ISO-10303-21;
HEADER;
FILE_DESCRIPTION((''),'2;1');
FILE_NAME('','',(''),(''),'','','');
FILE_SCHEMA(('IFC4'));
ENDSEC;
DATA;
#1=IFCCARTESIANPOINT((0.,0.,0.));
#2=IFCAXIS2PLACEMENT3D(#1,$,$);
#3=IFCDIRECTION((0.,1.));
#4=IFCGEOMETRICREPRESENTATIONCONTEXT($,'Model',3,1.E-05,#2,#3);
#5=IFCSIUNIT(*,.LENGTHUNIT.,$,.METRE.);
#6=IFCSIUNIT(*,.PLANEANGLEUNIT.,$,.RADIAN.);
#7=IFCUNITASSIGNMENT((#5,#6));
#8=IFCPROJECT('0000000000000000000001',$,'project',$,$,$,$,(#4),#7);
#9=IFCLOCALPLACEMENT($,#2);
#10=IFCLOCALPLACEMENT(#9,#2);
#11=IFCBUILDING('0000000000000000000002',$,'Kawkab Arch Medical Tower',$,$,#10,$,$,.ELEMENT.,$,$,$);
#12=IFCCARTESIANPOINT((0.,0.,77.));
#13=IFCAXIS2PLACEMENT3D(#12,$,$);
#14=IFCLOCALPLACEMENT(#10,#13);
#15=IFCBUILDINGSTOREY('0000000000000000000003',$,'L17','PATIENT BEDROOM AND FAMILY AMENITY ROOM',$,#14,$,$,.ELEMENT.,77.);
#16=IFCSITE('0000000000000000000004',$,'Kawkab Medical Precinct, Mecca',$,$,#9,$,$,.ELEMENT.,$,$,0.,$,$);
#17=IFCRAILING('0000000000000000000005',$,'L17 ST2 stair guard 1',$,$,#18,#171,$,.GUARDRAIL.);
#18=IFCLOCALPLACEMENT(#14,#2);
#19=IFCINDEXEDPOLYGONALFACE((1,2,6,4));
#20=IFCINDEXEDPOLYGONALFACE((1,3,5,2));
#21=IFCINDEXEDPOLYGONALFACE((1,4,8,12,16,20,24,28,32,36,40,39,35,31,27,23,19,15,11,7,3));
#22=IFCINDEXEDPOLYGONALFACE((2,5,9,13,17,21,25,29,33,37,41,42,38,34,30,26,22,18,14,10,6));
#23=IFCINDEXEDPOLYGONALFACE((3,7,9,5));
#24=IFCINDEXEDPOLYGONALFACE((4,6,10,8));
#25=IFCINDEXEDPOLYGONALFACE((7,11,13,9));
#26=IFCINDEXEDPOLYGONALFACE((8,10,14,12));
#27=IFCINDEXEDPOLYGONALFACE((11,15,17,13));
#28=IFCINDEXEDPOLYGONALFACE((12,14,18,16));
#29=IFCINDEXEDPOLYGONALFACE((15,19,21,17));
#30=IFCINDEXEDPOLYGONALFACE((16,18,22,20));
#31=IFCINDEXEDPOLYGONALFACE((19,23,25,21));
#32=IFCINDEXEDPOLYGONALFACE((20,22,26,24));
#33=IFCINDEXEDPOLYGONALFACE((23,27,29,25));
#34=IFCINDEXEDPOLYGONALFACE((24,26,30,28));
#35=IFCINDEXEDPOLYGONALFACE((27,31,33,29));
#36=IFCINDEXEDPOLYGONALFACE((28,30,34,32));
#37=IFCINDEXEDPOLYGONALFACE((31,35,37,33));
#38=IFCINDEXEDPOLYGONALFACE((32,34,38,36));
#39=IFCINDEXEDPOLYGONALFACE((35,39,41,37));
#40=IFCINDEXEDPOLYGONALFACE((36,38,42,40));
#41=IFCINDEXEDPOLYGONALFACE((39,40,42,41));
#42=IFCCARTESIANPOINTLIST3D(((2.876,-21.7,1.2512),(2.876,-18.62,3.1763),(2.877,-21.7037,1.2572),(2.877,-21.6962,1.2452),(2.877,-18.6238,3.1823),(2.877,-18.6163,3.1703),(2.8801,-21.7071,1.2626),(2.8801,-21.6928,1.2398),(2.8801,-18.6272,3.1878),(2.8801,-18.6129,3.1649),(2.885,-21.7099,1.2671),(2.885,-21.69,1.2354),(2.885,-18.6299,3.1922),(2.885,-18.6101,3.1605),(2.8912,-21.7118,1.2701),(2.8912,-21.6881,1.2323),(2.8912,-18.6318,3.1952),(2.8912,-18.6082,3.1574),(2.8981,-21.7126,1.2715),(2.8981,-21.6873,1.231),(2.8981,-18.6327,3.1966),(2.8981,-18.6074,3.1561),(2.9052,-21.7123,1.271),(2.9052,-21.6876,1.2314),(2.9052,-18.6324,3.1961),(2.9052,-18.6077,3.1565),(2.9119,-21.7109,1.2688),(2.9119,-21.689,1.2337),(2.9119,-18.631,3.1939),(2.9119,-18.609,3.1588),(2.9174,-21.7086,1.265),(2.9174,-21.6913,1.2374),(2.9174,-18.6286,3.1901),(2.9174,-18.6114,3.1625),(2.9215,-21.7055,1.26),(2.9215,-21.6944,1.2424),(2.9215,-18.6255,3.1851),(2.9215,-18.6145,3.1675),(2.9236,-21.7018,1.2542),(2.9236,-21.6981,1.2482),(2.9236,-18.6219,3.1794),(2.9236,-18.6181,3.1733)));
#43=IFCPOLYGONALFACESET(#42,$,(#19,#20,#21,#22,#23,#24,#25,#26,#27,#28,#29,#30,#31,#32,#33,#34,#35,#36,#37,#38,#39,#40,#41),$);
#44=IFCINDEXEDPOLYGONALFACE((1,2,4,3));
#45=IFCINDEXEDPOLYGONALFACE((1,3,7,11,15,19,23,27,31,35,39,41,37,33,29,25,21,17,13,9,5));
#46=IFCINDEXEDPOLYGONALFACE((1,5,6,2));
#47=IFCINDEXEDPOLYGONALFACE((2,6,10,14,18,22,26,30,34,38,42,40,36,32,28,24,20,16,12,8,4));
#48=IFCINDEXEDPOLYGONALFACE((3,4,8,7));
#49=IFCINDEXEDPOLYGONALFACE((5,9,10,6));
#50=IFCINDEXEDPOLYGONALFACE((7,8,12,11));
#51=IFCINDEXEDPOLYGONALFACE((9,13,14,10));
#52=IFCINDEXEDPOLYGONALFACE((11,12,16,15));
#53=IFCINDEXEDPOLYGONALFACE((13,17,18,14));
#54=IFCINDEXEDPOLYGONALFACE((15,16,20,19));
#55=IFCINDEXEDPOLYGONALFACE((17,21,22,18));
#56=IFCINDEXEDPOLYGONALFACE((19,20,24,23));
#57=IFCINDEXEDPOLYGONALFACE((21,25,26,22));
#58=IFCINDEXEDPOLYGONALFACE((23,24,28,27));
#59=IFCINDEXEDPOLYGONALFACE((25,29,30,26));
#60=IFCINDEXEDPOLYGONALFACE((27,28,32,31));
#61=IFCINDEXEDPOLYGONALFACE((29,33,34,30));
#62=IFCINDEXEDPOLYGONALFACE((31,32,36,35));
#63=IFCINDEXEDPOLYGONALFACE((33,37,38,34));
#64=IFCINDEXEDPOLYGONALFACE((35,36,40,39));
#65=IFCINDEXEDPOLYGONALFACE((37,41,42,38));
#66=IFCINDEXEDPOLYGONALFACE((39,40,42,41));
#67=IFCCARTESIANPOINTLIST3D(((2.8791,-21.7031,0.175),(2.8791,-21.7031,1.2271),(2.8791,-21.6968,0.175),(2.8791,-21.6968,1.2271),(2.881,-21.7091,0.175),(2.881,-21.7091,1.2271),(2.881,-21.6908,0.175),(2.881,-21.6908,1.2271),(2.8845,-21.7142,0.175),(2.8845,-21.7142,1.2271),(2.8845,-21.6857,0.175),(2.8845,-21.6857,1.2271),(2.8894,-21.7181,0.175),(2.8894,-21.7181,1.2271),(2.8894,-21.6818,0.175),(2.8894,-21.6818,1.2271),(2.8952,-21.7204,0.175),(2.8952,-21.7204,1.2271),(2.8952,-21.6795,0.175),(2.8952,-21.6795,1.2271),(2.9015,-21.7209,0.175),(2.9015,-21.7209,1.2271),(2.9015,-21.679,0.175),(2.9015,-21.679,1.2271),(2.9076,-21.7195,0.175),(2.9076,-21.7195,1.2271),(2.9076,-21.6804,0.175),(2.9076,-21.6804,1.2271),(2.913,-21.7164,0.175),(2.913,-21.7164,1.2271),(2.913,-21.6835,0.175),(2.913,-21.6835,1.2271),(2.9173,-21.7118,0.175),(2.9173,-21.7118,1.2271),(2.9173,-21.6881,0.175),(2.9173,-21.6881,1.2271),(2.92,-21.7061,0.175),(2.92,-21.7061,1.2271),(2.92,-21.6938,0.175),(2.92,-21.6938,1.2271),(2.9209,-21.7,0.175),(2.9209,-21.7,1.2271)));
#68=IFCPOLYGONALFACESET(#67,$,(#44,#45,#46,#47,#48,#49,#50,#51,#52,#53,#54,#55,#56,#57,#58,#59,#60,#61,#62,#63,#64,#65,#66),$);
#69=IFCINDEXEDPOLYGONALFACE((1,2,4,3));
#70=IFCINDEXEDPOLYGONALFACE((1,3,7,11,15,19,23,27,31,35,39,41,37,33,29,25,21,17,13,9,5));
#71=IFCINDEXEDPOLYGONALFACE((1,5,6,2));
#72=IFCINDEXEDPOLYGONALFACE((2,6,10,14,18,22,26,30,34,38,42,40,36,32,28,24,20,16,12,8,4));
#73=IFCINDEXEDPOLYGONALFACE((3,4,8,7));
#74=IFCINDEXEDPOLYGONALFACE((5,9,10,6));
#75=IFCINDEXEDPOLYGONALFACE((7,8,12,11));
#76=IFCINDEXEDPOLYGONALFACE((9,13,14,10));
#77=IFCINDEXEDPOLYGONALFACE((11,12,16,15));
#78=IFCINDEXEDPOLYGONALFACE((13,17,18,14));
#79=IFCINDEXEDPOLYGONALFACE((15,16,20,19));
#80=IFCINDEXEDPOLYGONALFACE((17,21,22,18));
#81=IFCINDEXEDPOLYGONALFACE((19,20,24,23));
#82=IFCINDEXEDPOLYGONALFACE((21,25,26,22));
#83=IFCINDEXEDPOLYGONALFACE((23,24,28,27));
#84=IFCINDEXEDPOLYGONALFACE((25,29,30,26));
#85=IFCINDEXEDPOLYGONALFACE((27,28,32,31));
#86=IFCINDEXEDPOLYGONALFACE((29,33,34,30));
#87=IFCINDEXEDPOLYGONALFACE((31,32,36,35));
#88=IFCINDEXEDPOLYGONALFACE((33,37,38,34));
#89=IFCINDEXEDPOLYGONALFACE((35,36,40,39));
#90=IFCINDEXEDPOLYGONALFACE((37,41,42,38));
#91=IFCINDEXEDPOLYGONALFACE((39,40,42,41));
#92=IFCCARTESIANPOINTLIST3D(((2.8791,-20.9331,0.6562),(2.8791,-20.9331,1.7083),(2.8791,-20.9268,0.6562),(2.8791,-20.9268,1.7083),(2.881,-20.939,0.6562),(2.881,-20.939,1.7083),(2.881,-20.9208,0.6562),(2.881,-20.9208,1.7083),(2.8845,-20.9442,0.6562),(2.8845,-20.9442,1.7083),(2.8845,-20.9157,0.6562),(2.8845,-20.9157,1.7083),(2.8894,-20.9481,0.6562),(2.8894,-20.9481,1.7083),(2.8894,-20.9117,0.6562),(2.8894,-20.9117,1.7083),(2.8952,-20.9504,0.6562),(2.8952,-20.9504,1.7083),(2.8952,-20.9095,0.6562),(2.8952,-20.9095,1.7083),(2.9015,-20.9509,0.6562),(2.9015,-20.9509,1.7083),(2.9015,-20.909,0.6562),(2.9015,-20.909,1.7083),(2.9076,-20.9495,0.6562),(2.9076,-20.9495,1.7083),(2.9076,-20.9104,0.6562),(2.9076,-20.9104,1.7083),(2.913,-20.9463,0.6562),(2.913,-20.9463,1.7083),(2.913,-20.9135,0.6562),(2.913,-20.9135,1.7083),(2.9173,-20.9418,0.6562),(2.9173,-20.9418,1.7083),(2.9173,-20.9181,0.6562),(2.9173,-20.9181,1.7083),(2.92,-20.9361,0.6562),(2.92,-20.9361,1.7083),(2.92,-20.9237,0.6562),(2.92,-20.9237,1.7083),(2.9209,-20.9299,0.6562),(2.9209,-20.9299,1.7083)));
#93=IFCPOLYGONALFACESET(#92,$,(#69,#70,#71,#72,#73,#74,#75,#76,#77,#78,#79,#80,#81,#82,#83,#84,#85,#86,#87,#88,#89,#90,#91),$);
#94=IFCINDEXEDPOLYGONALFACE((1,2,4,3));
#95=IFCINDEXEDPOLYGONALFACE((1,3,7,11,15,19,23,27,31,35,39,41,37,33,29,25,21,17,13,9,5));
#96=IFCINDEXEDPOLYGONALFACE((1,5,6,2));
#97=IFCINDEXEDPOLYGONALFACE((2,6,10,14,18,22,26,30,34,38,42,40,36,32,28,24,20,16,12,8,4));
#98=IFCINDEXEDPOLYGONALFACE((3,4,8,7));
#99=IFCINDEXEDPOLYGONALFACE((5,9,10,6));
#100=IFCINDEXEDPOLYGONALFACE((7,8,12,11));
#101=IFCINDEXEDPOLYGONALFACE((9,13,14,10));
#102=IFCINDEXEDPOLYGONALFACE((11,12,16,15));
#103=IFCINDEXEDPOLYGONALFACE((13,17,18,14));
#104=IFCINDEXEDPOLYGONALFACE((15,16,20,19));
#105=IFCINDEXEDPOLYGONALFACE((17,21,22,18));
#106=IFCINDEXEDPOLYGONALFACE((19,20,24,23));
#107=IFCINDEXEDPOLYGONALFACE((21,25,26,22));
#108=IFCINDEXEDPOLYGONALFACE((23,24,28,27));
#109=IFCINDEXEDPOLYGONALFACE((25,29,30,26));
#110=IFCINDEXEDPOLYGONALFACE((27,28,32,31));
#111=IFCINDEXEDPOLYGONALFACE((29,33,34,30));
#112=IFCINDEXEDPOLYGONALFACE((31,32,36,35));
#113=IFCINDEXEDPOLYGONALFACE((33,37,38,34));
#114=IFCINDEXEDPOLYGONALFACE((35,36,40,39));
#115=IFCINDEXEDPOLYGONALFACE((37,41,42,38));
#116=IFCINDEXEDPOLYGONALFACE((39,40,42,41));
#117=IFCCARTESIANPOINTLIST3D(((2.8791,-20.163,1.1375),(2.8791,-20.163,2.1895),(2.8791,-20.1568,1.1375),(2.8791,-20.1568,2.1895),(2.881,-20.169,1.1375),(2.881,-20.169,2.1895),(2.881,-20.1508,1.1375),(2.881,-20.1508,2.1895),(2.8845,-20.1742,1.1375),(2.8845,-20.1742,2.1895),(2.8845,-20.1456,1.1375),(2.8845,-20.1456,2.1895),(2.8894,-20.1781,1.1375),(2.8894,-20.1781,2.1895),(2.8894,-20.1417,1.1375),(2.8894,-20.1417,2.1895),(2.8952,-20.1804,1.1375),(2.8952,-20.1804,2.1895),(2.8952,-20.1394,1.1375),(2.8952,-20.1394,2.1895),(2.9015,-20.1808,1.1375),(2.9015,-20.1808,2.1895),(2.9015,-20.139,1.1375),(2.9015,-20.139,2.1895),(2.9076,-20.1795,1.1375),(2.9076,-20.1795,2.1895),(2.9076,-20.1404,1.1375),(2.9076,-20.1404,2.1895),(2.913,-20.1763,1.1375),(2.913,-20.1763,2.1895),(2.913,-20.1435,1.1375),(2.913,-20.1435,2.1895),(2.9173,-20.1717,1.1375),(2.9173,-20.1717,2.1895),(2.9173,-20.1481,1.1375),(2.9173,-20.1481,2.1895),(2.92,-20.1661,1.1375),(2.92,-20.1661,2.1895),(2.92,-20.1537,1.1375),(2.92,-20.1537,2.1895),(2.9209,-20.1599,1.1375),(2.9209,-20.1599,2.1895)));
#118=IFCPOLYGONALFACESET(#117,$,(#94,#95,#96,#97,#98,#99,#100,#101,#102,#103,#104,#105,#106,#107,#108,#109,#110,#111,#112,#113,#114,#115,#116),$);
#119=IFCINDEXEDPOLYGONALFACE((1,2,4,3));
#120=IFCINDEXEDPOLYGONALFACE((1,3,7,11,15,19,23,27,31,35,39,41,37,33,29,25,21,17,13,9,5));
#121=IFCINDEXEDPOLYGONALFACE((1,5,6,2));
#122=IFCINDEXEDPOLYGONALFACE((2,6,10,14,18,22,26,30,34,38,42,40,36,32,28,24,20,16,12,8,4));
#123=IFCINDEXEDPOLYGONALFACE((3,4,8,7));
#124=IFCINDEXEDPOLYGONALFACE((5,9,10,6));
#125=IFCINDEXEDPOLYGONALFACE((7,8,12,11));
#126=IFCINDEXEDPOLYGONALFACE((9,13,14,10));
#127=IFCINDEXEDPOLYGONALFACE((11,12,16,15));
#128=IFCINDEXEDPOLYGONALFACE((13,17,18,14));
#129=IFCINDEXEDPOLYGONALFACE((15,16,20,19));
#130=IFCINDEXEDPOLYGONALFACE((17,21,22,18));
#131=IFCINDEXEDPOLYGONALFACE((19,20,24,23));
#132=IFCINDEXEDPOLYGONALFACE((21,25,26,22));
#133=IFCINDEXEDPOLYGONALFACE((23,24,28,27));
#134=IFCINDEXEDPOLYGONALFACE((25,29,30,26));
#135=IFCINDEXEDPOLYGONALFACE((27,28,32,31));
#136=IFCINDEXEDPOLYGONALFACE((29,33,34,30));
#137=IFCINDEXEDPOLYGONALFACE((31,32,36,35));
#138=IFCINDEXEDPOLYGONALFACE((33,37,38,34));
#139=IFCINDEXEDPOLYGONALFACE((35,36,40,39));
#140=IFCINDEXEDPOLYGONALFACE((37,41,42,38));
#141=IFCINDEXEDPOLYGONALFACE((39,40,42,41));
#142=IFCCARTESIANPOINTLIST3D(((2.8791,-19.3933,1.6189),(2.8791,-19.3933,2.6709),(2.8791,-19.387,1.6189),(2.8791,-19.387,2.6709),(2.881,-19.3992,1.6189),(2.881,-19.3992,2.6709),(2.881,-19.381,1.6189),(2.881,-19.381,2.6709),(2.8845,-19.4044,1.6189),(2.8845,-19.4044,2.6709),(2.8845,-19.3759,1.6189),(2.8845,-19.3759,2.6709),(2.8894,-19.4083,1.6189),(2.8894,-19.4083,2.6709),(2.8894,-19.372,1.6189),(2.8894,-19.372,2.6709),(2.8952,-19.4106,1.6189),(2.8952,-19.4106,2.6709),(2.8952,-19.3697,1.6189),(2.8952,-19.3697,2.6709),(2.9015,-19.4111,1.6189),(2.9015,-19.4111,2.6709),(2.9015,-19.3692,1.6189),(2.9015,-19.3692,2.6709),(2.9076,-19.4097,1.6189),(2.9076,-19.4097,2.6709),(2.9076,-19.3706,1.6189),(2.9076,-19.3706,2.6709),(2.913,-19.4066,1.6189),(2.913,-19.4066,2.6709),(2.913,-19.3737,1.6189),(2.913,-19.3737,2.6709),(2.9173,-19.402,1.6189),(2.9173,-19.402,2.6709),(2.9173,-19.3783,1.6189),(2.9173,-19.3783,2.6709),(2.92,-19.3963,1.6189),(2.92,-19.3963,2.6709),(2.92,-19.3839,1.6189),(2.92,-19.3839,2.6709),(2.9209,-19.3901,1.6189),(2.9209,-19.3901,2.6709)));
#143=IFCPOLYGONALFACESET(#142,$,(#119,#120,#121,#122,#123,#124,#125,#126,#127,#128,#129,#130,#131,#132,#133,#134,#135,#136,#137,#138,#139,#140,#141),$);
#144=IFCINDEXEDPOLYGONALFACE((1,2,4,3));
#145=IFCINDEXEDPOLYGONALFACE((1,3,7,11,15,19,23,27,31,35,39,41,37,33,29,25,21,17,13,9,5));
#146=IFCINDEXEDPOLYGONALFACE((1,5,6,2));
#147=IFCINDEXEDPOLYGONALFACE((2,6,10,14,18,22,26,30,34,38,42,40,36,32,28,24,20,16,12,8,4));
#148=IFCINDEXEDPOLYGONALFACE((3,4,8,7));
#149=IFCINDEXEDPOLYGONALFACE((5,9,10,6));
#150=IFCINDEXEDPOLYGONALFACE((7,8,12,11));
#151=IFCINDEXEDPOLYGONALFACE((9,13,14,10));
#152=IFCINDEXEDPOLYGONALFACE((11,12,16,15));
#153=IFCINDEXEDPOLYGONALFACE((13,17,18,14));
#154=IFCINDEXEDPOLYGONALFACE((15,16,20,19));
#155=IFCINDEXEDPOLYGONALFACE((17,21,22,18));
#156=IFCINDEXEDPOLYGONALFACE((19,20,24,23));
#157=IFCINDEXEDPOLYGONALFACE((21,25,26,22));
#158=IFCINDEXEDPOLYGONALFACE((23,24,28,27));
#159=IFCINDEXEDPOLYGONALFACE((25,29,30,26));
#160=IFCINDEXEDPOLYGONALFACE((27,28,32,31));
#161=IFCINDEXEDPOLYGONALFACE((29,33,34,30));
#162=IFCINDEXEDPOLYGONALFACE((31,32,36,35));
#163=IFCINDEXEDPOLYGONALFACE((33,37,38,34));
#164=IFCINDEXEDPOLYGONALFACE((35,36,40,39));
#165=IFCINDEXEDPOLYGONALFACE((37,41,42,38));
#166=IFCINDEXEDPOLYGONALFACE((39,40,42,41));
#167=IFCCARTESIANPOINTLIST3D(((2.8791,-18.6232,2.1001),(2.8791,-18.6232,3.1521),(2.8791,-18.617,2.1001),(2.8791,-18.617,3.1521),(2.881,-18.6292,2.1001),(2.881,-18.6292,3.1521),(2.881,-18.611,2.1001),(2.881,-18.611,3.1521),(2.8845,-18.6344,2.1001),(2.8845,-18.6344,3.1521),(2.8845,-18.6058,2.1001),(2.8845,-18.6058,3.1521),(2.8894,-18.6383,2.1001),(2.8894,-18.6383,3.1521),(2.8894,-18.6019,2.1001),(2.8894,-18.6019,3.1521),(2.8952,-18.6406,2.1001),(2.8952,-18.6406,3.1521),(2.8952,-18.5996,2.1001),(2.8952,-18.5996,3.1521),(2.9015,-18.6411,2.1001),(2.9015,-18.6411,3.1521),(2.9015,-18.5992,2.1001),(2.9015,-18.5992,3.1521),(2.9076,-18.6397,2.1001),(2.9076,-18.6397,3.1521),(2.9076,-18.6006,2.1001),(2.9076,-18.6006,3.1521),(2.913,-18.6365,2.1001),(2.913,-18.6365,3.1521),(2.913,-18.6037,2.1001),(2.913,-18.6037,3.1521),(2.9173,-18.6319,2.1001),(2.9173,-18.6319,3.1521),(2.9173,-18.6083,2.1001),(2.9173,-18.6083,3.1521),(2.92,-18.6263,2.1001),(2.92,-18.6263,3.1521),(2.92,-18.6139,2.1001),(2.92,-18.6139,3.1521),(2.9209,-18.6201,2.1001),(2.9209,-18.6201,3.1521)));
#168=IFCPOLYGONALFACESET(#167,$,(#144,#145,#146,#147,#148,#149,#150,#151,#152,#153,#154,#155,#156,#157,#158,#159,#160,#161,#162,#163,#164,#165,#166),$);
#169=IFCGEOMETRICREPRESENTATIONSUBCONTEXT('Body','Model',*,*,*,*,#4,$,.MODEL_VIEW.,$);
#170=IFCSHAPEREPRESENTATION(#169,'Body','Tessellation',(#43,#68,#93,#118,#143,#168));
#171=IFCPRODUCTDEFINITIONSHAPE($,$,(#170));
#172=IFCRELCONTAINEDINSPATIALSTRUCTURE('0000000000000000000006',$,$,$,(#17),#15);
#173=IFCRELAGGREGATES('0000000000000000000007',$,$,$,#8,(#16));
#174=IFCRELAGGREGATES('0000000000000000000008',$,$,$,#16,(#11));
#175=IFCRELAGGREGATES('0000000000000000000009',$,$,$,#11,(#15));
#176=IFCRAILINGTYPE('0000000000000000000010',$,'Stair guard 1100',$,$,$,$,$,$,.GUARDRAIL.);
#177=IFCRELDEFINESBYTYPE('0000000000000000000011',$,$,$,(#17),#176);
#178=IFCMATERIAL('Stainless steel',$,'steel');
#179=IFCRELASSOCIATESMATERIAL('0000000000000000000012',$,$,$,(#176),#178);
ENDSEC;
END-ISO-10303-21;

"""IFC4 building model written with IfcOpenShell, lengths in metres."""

from ifc_helpers import new_model, si_unit, direction, frame, origin, origin_2d, place, context, subcontext, project, spatial, circle, extrude, material, type_object, element, save


model = new_model("IFC4")

# Units and contexts
model_context = context("Model", 3, precision=1e-05, world=origin(), true_north=direction((0.0, 1.0)))
body_context = subcontext(model_context, "Body", "Model", "MODEL_VIEW")
ifc_project = project(units=[si_unit("LENGTHUNIT", "METRE"), si_unit("PLANEANGLEUNIT", "RADIAN")], contexts=[model_context])

# Site, building, storey
site_placement = place(None, origin())
site = spatial("IfcSite", under=ifc_project, at=site_placement, Name="Kawkab Medical Precinct, Mecca", CompositionType="ELEMENT", RefElevation=0.0)
building_placement = place(site_placement, origin())
building = spatial("IfcBuilding", under=site, at=building_placement, Name="Kawkab Arch Medical Tower", CompositionType="ELEMENT")
storey_placement = place(building_placement, frame((0.0, 0.0, 77.0)))
storey = spatial("IfcBuildingStorey", under=building, at=storey_placement, Name="L17", Description="PATIENT BEDROOM AND FAMILY AMENITY ROOM", CompositionType="ELEMENT", Elevation=77.0)

# Railing
ifc_material_1 = material(Name="Stainless steel", Category="steel")
railing_type = type_object("IfcRailingType", Name="Stair guard 1100", PredefinedType="GUARDRAIL", material=ifc_material_1)
railing_placement = place(storey_placement, frame((2.8999, -21.7, 0.175)))
element("IfcRailing", 1, at=railing_placement, inside=storey, type_object=railing_type, Name="L17 ST2 stair guard 1", PredefinedType="GUARDRAIL", context=body_context, shape_type="SweptSolid", body=[
    extrude(circle(Radius=0.0239, at=origin_2d()), frame((0.0, 0.0, 1.0762), z_axis=(0.0, 0.847979, 0.530029), x_axis=(-1.0, 0.0, 0.0)), (0.0, 0.0, 1.0), 3.6321),
    extrude(circle(Radius=0.021, at=origin_2d()), origin(), (0.0, 0.0, 1.0), 1.052),
    extrude(circle(Radius=0.021, at=origin_2d()), frame((0.0, 0.77, 0.4812)), (0.0, 0.0, 1.0), 1.052),
    extrude(circle(Radius=0.021, at=origin_2d()), frame((0.0, 1.54, 0.9624)), (0.0, 0.0, 1.0), 1.052),
    extrude(circle(Radius=0.021, at=origin_2d()), frame((0.0, 2.3098, 1.4438)), (0.0, 0.0, 1.0), 1.052),
    extrude(circle(Radius=0.021, at=origin_2d()), frame((0.0, 3.0798, 1.925)), (0.0, 0.0, 1.0), 1.052),
])

save(model, "model.ifc")
